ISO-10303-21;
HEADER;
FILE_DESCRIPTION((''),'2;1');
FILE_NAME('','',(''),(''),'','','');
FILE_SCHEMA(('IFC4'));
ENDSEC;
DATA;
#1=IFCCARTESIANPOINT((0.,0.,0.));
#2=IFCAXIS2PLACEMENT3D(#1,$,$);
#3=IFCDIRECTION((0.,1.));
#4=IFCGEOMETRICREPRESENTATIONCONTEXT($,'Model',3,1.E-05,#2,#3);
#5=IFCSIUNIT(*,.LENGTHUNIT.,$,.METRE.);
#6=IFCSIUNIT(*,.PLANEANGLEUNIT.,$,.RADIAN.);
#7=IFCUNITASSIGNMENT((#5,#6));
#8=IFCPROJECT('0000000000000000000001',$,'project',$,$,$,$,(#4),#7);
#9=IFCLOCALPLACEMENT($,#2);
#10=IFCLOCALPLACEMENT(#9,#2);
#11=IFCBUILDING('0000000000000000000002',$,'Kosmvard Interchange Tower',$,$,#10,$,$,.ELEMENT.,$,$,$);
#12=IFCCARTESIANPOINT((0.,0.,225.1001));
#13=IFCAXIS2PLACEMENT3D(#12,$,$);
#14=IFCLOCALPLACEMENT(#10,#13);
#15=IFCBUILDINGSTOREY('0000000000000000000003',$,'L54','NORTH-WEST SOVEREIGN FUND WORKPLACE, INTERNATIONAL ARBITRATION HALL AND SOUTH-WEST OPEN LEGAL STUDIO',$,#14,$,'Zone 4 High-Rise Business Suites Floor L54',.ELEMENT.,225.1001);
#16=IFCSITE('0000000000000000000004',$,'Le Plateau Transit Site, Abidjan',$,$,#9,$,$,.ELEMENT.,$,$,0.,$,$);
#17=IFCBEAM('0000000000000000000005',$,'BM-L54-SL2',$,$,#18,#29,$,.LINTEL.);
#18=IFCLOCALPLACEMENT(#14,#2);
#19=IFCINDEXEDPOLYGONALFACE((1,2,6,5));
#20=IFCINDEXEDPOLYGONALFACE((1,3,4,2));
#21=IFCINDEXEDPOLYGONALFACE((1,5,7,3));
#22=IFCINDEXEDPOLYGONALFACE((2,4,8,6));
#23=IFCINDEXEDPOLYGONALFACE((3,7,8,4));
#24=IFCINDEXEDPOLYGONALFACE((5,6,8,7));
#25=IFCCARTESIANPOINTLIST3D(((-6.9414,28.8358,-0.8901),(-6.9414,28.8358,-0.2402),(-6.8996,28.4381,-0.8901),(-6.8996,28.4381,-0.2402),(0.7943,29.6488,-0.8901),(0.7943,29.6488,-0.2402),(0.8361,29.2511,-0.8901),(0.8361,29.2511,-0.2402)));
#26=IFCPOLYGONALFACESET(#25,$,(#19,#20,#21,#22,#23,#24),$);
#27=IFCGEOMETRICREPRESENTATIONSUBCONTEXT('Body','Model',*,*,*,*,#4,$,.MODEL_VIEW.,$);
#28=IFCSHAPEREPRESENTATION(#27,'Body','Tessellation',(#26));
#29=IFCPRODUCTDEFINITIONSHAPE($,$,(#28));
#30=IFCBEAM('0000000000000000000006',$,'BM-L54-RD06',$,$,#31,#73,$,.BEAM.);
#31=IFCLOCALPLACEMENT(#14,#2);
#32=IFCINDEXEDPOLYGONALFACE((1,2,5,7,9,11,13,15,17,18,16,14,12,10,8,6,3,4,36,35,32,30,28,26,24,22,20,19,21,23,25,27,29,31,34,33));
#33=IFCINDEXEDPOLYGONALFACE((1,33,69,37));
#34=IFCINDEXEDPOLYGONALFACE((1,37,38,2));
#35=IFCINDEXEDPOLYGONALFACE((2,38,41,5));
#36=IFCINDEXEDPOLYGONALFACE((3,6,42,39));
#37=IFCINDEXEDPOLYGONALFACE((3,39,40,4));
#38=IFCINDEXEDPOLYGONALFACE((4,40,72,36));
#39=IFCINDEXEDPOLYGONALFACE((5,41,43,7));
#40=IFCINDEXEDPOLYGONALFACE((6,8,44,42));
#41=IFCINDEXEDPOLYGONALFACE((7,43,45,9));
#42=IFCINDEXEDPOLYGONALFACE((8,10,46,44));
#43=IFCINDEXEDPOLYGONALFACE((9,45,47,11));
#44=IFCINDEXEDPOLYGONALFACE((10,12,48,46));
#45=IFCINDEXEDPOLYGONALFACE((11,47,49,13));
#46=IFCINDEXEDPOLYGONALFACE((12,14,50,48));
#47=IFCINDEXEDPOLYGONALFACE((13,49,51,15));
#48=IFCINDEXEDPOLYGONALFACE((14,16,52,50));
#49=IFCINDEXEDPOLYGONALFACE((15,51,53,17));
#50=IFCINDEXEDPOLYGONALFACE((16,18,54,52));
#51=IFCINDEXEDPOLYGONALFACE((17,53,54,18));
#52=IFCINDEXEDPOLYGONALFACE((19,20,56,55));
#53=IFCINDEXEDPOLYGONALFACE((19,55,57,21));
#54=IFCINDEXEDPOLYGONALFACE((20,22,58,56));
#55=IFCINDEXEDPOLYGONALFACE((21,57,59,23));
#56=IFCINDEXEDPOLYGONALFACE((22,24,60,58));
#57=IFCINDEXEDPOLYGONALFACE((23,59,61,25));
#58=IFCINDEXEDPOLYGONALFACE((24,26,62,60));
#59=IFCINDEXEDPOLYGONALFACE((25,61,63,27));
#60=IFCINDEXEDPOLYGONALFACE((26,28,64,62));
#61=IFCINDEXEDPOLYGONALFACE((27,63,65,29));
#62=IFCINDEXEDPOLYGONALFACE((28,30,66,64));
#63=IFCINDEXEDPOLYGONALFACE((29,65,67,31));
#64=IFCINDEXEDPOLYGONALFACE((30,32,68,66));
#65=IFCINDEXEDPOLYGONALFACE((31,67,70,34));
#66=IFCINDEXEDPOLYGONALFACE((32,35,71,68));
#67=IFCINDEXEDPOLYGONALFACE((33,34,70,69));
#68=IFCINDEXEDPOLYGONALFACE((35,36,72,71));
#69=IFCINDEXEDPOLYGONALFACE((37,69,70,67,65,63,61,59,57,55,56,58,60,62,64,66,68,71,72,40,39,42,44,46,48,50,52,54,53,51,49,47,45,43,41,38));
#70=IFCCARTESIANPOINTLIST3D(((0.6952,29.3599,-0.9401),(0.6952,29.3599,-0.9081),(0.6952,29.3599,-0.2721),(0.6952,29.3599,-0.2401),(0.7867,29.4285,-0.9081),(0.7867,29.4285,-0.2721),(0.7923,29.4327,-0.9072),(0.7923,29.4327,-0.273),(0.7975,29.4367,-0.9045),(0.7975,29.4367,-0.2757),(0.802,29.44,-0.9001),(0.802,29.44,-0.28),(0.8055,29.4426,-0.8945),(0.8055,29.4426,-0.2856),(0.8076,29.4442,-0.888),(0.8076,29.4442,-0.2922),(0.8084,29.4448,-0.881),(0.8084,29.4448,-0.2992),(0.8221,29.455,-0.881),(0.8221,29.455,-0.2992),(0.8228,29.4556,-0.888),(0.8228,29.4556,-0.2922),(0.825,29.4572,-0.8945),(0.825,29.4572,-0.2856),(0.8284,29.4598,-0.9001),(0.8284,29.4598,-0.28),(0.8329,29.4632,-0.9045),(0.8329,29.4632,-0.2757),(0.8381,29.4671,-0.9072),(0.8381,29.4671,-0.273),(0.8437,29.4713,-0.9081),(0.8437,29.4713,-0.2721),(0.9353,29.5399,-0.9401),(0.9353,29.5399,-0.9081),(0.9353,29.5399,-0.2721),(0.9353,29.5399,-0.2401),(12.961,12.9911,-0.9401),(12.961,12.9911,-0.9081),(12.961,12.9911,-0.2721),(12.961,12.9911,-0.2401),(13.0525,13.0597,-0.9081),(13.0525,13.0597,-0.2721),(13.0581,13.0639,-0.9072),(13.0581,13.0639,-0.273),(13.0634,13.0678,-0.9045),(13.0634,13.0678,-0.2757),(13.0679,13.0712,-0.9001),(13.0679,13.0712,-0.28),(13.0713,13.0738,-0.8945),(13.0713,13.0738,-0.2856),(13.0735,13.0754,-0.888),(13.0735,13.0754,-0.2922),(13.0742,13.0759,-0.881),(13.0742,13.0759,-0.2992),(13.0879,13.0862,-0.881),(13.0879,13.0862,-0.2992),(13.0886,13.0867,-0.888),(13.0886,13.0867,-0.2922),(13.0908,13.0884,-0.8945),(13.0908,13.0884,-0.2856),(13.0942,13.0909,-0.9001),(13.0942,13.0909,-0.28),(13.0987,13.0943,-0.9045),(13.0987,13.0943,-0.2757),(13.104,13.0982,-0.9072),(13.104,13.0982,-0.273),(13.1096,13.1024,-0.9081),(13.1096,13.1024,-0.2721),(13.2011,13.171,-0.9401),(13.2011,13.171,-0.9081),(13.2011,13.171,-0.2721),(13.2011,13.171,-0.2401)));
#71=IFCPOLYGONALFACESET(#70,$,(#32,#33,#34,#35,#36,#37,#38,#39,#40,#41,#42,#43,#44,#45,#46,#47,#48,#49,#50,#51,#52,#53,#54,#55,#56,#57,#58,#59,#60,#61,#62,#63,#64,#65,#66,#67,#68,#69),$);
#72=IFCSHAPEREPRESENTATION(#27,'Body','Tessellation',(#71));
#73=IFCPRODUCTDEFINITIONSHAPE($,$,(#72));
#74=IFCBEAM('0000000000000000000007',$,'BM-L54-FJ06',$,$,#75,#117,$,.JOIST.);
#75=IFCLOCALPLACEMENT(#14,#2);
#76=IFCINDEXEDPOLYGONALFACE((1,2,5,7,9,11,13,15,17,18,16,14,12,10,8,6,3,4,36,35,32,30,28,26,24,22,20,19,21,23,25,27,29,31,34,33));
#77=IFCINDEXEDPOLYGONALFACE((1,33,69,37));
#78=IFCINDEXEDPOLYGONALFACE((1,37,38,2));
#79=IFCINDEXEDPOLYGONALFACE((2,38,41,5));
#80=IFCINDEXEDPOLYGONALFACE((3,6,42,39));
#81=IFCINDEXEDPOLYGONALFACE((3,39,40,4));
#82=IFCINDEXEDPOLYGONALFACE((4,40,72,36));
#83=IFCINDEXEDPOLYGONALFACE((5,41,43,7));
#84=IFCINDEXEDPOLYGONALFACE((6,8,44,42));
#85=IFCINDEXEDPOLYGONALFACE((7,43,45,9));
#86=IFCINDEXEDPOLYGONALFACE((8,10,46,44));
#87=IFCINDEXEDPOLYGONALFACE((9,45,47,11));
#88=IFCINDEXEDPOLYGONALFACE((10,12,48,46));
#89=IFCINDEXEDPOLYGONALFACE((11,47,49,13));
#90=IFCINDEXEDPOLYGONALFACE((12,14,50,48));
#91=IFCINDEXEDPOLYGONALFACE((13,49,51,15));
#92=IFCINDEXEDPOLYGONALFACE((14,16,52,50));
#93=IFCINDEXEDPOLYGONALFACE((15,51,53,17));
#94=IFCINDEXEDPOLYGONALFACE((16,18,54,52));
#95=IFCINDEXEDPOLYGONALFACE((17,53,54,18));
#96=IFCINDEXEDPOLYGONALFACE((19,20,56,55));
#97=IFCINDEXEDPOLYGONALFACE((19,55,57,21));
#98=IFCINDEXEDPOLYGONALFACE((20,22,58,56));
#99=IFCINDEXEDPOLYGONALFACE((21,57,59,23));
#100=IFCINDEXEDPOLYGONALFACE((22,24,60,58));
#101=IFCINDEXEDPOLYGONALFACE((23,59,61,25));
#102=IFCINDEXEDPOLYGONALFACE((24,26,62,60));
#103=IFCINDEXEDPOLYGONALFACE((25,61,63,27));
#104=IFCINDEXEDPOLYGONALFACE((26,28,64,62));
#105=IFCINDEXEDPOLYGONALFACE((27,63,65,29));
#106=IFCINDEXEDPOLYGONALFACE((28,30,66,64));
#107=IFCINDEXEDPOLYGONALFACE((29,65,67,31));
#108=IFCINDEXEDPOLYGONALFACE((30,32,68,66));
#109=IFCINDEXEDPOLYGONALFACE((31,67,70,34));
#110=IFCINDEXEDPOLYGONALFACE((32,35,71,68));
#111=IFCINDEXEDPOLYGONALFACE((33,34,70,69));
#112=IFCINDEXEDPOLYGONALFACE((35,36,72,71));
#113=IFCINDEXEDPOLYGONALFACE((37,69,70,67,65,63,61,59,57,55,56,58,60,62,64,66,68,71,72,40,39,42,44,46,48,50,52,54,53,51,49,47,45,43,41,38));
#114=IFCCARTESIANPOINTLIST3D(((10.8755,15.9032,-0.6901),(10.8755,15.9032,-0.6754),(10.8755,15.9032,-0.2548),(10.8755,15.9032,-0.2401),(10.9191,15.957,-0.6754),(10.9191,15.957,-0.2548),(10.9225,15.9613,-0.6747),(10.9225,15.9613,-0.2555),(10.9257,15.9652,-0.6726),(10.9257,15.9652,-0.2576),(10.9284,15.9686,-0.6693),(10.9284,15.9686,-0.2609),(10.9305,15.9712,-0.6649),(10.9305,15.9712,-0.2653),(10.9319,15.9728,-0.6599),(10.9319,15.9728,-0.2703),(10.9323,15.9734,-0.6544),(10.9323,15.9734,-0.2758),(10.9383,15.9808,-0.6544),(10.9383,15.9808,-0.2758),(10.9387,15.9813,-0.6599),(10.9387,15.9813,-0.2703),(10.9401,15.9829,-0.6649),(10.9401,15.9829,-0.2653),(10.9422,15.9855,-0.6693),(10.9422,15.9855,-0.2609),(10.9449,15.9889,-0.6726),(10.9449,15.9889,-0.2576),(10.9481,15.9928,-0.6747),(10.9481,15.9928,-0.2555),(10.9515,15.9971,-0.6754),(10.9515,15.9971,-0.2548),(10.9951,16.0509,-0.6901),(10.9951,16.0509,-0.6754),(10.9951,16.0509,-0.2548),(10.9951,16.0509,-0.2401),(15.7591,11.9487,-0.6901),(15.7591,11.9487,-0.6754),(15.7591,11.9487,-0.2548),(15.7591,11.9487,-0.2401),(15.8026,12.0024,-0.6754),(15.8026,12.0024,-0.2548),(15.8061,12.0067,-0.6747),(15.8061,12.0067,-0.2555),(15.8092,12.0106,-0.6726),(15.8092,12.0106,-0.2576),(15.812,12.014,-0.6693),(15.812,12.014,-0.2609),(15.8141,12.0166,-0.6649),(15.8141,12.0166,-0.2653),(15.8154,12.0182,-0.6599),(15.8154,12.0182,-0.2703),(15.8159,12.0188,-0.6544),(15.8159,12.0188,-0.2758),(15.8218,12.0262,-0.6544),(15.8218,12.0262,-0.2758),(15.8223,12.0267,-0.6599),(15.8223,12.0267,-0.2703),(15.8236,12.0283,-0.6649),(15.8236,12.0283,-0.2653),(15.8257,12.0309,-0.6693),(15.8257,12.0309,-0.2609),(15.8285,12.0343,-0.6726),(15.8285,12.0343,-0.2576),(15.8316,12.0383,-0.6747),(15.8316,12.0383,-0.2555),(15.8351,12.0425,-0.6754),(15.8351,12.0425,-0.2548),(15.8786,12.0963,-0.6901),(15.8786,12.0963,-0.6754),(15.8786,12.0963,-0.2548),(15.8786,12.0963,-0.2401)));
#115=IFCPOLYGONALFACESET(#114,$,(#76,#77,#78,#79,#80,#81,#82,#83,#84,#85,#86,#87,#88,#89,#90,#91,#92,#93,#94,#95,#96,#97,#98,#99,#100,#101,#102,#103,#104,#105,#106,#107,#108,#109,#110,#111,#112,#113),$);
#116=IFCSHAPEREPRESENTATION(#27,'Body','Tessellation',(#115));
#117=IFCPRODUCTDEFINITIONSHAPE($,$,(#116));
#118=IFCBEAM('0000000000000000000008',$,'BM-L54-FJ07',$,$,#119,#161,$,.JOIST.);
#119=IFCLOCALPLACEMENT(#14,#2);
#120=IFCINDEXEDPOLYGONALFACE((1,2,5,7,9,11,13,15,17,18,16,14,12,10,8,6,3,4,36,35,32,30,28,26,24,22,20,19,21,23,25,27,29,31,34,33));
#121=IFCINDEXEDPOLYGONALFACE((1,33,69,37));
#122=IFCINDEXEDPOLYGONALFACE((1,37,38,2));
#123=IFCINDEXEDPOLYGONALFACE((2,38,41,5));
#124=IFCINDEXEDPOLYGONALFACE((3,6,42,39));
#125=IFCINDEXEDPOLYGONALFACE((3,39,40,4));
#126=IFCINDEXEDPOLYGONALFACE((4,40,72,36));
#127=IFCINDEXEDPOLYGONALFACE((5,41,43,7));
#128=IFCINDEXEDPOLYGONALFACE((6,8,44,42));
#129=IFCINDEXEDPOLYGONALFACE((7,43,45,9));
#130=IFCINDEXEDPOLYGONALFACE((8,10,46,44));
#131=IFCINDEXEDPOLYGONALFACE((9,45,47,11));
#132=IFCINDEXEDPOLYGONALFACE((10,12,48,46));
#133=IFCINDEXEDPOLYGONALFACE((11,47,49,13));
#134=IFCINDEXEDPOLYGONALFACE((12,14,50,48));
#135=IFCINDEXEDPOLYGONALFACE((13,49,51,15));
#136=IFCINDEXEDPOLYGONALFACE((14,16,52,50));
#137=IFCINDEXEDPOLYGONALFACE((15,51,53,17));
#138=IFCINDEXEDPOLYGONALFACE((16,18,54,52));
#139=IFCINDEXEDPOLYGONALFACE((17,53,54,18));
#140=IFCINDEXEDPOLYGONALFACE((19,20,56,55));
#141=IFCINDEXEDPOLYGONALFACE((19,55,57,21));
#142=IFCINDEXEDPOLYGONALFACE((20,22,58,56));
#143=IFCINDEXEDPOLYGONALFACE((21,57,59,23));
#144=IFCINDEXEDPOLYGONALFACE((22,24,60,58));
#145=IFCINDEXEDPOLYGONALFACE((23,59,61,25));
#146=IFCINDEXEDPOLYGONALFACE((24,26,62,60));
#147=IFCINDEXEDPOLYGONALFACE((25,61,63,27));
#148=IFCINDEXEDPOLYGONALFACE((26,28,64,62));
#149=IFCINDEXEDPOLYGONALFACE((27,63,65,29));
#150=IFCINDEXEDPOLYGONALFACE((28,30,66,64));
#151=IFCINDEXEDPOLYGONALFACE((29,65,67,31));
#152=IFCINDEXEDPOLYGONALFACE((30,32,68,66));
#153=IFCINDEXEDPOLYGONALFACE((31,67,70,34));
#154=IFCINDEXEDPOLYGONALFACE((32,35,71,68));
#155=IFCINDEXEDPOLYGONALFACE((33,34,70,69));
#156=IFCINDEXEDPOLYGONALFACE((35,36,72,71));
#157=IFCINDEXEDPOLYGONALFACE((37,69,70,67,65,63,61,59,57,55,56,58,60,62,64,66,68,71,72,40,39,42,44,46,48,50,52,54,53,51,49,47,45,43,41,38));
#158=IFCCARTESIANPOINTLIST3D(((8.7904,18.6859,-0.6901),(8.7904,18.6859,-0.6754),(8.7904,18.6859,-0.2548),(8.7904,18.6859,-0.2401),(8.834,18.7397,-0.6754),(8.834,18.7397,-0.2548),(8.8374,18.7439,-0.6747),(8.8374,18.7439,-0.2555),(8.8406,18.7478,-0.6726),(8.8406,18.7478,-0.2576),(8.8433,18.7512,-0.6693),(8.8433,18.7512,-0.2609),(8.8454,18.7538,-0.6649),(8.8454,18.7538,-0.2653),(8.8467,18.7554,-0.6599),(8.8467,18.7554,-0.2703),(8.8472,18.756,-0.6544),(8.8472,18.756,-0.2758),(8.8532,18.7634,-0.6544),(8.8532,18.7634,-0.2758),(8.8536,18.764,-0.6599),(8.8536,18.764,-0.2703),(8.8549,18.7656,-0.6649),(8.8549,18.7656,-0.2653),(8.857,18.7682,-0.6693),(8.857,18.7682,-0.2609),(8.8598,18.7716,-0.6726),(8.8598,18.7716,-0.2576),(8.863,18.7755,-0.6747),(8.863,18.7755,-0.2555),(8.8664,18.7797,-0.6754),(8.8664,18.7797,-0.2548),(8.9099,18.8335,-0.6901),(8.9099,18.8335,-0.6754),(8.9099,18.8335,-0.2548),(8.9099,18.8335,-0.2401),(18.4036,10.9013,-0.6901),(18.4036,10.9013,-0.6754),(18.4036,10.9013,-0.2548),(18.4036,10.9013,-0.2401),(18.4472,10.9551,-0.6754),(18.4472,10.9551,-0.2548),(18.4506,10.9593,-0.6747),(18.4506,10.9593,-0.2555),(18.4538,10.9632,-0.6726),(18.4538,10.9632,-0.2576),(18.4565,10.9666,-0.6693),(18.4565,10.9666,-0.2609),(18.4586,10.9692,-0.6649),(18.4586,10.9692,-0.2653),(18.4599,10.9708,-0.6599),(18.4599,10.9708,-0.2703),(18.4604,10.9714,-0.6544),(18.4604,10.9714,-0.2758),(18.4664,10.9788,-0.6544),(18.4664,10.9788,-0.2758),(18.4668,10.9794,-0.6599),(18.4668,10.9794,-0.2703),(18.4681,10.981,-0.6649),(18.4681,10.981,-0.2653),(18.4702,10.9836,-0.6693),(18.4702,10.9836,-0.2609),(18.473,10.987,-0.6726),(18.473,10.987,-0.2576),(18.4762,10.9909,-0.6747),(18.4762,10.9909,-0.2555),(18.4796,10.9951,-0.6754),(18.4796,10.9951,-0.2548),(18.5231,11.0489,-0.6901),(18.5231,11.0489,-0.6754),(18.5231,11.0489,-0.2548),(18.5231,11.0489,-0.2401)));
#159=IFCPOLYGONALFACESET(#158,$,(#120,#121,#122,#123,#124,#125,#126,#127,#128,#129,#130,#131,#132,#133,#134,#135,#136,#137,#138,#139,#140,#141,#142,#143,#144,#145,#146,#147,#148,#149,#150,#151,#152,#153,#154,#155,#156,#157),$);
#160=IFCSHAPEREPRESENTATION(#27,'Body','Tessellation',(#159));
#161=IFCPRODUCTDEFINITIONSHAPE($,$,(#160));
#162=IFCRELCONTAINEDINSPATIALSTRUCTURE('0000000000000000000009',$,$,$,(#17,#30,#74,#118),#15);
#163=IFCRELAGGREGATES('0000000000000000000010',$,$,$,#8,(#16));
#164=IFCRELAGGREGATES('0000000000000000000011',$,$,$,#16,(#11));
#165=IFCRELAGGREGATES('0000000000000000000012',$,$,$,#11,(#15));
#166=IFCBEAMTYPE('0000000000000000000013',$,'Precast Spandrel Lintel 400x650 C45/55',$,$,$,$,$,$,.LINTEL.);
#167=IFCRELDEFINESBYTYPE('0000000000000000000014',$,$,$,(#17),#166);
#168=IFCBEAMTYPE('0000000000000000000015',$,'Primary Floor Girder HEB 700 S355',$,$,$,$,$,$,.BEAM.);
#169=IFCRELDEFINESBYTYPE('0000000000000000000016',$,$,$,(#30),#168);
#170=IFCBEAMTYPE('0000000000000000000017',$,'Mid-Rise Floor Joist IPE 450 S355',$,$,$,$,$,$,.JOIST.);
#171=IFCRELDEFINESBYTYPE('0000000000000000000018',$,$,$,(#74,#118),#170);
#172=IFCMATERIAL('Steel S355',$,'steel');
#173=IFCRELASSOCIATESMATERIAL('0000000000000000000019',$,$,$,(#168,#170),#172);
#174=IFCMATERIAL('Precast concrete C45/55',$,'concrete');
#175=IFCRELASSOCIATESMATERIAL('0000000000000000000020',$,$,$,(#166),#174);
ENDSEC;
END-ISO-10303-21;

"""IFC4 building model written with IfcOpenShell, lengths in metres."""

from ifc_helpers import new_model, si_unit, direction, frame, origin, origin_2d, place, context, subcontext, project, spatial, rectangle, i_section, extrude, source, transform, mapped, material, material_profile, profile_set, type_object, element, save


model = new_model("IFC4")

# Units and contexts
model_context = context("Model", 3, precision=1e-05, world=origin(), true_north=direction((0.0, 1.0)))
body_context = subcontext(model_context, "Body", "Model", "MODEL_VIEW")
ifc_project = project(units=[si_unit("LENGTHUNIT", "METRE"), si_unit("PLANEANGLEUNIT", "RADIAN")], contexts=[model_context])

# Site, building, storey
site_placement = place(None, origin())
site = spatial("IfcSite", under=ifc_project, at=site_placement, Name="Le Plateau Transit Site, Abidjan", CompositionType="ELEMENT", RefElevation=0.0)
building_placement = place(site_placement, origin())
building = spatial("IfcBuilding", under=site, at=building_placement, Name="Kosmvard Interchange Tower", CompositionType="ELEMENT")
storey_placement = place(building_placement, frame((0.0, 0.0, 225.1001)))
storey = spatial("IfcBuildingStorey", under=building, at=storey_placement, Name="L54", Description="NORTH-WEST SOVEREIGN FUND WORKPLACE, INTERNATIONAL ARBITRATION HALL AND SOUTH-WEST OPEN LEGAL STUDIO", LongName="Zone 4 High-Rise Business Suites Floor L54", CompositionType="ELEMENT", Elevation=225.1001)

# Beams
ifc_material_1 = material(Name="Steel S355", Category="steel")
ifc_material_profile_1 = material_profile(ifc_material_1, i_section(OverallWidth=0.3, OverallDepth=0.7, WebThickness=0.0171, FlangeThickness=0.032, FilletRadius=0.0271, at=origin_2d()), Name="HEB 700")
ifc_profile_set_1 = profile_set([ifc_material_profile_1], Name="Steel S355")
beam_type_1 = type_object("IfcBeamType", Name="Primary Floor Girder HEB 700 S355", PredefinedType="BEAM", material=ifc_profile_set_1)
ifc_material_2 = material(Name="Precast concrete C45/55", Category="concrete")
ifc_material_profile_2 = material_profile(ifc_material_2, rectangle(XDim=0.3999, YDim=0.6499, at=origin_2d()), Name="SL 400x650")
ifc_profile_set_2 = profile_set([ifc_material_profile_2], Name="Precast concrete C45/55")
beam_type_2 = type_object("IfcBeamType", Name="Precast Spandrel Lintel 400x650 C45/55", PredefinedType="LINTEL", material=ifc_profile_set_2)
shared_shape_1 = source(origin(), body_context, "Body", "SweptSolid", [
    extrude(rectangle(XDim=0.3999, YDim=0.6499, at=origin_2d()), origin(), (0.0, 0.0, 1.0), 7.7783),
])
beam_1_placement = place(storey_placement, frame((0.8152, 29.45, -0.5652), z_axis=(-0.994523, -0.104521, 0.0), x_axis=(0.104521, -0.994523, 0.0)))
element("IfcBeam", 1, at=beam_1_placement, inside=storey, type_object=beam_type_2, Name="BM-L54-SL2", PredefinedType="LINTEL", context=body_context, shape_type="MappedRepresentation", body=[
    mapped(shared_shape_1, transform((0.0, 0.0, 0.0), scale=1.0)),
])
shared_shape_2 = source(origin(), body_context, "Body", "SweptSolid", [
    extrude(i_section(OverallWidth=0.3, OverallDepth=0.7, WebThickness=0.0171, FlangeThickness=0.032, FilletRadius=0.0271, at=origin_2d()), origin(), (0.0, 0.0, 1.0), 20.4546),
])
beam_2_placement = place(storey_placement, frame((13.0811, 13.0811, -0.5901), z_axis=(-0.599662, 0.800253, 0.0), x_axis=(-0.800253, -0.599662, 0.0)))
element("IfcBeam", 2, at=beam_2_placement, inside=storey, type_object=beam_type_1, Name="BM-L54-RD06", PredefinedType="BEAM", context=body_context, shape_type="MappedRepresentation", body=[
    mapped(shared_shape_2, transform((0.0, 0.0, 0.0), scale=1.0)),
])
ifc_material_profile_3 = material_profile(ifc_material_1, i_section(OverallWidth=0.1899, OverallDepth=0.45, WebThickness=0.0095, FlangeThickness=0.0146, FilletRadius=0.021, at=origin_2d()), Name="IPE 450")
ifc_profile_set_3 = profile_set([ifc_material_profile_3], Name="Steel S355")
beam_type_3 = type_object("IfcBeamType", Name="Mid-Rise Floor Joist IPE 450 S355", PredefinedType="JOIST", material=ifc_profile_set_3)
shared_shape_3 = source(origin(), body_context, "Body", "SweptSolid", [
    extrude(i_section(OverallWidth=0.1899, OverallDepth=0.45, WebThickness=0.0095, FlangeThickness=0.0146, FilletRadius=0.021, at=origin_2d()), origin(), (0.0, 0.0, 1.0), 6.2839),
])
beam_3_placement = place(storey_placement, frame((15.8188, 12.0225, -0.4651), z_axis=(-0.777148, 0.629318, 0.0), x_axis=(-0.629318, -0.777148, 0.0)))
element("IfcBeam", 3, at=beam_3_placement, inside=storey, type_object=beam_type_3, Name="BM-L54-FJ06", PredefinedType="JOIST", context=body_context, shape_type="MappedRepresentation", body=[
    mapped(shared_shape_3, transform((0.0, 0.0, 0.0), scale=1.0)),
])
shared_shape_4 = source(origin(), body_context, "Body", "SweptSolid", [
    extrude(i_section(OverallWidth=0.1899, OverallDepth=0.45, WebThickness=0.0095, FlangeThickness=0.0146, FilletRadius=0.021, at=origin_2d()), origin(), (0.0, 0.0, 1.0), 12.3699),
])
beam_4_placement = place(storey_placement, frame((18.4634, 10.9751, -0.4651), z_axis=(-0.777147, 0.62932, 0.0), x_axis=(-0.62932, -0.777147, 0.0)))
element("IfcBeam", 4, at=beam_4_placement, inside=storey, type_object=beam_type_3, Name="BM-L54-FJ07", PredefinedType="JOIST", context=body_context, shape_type="MappedRepresentation", body=[
    mapped(shared_shape_4, transform((0.0, 0.0, 0.0), scale=1.0)),
])

save(model, "model.ifc")
